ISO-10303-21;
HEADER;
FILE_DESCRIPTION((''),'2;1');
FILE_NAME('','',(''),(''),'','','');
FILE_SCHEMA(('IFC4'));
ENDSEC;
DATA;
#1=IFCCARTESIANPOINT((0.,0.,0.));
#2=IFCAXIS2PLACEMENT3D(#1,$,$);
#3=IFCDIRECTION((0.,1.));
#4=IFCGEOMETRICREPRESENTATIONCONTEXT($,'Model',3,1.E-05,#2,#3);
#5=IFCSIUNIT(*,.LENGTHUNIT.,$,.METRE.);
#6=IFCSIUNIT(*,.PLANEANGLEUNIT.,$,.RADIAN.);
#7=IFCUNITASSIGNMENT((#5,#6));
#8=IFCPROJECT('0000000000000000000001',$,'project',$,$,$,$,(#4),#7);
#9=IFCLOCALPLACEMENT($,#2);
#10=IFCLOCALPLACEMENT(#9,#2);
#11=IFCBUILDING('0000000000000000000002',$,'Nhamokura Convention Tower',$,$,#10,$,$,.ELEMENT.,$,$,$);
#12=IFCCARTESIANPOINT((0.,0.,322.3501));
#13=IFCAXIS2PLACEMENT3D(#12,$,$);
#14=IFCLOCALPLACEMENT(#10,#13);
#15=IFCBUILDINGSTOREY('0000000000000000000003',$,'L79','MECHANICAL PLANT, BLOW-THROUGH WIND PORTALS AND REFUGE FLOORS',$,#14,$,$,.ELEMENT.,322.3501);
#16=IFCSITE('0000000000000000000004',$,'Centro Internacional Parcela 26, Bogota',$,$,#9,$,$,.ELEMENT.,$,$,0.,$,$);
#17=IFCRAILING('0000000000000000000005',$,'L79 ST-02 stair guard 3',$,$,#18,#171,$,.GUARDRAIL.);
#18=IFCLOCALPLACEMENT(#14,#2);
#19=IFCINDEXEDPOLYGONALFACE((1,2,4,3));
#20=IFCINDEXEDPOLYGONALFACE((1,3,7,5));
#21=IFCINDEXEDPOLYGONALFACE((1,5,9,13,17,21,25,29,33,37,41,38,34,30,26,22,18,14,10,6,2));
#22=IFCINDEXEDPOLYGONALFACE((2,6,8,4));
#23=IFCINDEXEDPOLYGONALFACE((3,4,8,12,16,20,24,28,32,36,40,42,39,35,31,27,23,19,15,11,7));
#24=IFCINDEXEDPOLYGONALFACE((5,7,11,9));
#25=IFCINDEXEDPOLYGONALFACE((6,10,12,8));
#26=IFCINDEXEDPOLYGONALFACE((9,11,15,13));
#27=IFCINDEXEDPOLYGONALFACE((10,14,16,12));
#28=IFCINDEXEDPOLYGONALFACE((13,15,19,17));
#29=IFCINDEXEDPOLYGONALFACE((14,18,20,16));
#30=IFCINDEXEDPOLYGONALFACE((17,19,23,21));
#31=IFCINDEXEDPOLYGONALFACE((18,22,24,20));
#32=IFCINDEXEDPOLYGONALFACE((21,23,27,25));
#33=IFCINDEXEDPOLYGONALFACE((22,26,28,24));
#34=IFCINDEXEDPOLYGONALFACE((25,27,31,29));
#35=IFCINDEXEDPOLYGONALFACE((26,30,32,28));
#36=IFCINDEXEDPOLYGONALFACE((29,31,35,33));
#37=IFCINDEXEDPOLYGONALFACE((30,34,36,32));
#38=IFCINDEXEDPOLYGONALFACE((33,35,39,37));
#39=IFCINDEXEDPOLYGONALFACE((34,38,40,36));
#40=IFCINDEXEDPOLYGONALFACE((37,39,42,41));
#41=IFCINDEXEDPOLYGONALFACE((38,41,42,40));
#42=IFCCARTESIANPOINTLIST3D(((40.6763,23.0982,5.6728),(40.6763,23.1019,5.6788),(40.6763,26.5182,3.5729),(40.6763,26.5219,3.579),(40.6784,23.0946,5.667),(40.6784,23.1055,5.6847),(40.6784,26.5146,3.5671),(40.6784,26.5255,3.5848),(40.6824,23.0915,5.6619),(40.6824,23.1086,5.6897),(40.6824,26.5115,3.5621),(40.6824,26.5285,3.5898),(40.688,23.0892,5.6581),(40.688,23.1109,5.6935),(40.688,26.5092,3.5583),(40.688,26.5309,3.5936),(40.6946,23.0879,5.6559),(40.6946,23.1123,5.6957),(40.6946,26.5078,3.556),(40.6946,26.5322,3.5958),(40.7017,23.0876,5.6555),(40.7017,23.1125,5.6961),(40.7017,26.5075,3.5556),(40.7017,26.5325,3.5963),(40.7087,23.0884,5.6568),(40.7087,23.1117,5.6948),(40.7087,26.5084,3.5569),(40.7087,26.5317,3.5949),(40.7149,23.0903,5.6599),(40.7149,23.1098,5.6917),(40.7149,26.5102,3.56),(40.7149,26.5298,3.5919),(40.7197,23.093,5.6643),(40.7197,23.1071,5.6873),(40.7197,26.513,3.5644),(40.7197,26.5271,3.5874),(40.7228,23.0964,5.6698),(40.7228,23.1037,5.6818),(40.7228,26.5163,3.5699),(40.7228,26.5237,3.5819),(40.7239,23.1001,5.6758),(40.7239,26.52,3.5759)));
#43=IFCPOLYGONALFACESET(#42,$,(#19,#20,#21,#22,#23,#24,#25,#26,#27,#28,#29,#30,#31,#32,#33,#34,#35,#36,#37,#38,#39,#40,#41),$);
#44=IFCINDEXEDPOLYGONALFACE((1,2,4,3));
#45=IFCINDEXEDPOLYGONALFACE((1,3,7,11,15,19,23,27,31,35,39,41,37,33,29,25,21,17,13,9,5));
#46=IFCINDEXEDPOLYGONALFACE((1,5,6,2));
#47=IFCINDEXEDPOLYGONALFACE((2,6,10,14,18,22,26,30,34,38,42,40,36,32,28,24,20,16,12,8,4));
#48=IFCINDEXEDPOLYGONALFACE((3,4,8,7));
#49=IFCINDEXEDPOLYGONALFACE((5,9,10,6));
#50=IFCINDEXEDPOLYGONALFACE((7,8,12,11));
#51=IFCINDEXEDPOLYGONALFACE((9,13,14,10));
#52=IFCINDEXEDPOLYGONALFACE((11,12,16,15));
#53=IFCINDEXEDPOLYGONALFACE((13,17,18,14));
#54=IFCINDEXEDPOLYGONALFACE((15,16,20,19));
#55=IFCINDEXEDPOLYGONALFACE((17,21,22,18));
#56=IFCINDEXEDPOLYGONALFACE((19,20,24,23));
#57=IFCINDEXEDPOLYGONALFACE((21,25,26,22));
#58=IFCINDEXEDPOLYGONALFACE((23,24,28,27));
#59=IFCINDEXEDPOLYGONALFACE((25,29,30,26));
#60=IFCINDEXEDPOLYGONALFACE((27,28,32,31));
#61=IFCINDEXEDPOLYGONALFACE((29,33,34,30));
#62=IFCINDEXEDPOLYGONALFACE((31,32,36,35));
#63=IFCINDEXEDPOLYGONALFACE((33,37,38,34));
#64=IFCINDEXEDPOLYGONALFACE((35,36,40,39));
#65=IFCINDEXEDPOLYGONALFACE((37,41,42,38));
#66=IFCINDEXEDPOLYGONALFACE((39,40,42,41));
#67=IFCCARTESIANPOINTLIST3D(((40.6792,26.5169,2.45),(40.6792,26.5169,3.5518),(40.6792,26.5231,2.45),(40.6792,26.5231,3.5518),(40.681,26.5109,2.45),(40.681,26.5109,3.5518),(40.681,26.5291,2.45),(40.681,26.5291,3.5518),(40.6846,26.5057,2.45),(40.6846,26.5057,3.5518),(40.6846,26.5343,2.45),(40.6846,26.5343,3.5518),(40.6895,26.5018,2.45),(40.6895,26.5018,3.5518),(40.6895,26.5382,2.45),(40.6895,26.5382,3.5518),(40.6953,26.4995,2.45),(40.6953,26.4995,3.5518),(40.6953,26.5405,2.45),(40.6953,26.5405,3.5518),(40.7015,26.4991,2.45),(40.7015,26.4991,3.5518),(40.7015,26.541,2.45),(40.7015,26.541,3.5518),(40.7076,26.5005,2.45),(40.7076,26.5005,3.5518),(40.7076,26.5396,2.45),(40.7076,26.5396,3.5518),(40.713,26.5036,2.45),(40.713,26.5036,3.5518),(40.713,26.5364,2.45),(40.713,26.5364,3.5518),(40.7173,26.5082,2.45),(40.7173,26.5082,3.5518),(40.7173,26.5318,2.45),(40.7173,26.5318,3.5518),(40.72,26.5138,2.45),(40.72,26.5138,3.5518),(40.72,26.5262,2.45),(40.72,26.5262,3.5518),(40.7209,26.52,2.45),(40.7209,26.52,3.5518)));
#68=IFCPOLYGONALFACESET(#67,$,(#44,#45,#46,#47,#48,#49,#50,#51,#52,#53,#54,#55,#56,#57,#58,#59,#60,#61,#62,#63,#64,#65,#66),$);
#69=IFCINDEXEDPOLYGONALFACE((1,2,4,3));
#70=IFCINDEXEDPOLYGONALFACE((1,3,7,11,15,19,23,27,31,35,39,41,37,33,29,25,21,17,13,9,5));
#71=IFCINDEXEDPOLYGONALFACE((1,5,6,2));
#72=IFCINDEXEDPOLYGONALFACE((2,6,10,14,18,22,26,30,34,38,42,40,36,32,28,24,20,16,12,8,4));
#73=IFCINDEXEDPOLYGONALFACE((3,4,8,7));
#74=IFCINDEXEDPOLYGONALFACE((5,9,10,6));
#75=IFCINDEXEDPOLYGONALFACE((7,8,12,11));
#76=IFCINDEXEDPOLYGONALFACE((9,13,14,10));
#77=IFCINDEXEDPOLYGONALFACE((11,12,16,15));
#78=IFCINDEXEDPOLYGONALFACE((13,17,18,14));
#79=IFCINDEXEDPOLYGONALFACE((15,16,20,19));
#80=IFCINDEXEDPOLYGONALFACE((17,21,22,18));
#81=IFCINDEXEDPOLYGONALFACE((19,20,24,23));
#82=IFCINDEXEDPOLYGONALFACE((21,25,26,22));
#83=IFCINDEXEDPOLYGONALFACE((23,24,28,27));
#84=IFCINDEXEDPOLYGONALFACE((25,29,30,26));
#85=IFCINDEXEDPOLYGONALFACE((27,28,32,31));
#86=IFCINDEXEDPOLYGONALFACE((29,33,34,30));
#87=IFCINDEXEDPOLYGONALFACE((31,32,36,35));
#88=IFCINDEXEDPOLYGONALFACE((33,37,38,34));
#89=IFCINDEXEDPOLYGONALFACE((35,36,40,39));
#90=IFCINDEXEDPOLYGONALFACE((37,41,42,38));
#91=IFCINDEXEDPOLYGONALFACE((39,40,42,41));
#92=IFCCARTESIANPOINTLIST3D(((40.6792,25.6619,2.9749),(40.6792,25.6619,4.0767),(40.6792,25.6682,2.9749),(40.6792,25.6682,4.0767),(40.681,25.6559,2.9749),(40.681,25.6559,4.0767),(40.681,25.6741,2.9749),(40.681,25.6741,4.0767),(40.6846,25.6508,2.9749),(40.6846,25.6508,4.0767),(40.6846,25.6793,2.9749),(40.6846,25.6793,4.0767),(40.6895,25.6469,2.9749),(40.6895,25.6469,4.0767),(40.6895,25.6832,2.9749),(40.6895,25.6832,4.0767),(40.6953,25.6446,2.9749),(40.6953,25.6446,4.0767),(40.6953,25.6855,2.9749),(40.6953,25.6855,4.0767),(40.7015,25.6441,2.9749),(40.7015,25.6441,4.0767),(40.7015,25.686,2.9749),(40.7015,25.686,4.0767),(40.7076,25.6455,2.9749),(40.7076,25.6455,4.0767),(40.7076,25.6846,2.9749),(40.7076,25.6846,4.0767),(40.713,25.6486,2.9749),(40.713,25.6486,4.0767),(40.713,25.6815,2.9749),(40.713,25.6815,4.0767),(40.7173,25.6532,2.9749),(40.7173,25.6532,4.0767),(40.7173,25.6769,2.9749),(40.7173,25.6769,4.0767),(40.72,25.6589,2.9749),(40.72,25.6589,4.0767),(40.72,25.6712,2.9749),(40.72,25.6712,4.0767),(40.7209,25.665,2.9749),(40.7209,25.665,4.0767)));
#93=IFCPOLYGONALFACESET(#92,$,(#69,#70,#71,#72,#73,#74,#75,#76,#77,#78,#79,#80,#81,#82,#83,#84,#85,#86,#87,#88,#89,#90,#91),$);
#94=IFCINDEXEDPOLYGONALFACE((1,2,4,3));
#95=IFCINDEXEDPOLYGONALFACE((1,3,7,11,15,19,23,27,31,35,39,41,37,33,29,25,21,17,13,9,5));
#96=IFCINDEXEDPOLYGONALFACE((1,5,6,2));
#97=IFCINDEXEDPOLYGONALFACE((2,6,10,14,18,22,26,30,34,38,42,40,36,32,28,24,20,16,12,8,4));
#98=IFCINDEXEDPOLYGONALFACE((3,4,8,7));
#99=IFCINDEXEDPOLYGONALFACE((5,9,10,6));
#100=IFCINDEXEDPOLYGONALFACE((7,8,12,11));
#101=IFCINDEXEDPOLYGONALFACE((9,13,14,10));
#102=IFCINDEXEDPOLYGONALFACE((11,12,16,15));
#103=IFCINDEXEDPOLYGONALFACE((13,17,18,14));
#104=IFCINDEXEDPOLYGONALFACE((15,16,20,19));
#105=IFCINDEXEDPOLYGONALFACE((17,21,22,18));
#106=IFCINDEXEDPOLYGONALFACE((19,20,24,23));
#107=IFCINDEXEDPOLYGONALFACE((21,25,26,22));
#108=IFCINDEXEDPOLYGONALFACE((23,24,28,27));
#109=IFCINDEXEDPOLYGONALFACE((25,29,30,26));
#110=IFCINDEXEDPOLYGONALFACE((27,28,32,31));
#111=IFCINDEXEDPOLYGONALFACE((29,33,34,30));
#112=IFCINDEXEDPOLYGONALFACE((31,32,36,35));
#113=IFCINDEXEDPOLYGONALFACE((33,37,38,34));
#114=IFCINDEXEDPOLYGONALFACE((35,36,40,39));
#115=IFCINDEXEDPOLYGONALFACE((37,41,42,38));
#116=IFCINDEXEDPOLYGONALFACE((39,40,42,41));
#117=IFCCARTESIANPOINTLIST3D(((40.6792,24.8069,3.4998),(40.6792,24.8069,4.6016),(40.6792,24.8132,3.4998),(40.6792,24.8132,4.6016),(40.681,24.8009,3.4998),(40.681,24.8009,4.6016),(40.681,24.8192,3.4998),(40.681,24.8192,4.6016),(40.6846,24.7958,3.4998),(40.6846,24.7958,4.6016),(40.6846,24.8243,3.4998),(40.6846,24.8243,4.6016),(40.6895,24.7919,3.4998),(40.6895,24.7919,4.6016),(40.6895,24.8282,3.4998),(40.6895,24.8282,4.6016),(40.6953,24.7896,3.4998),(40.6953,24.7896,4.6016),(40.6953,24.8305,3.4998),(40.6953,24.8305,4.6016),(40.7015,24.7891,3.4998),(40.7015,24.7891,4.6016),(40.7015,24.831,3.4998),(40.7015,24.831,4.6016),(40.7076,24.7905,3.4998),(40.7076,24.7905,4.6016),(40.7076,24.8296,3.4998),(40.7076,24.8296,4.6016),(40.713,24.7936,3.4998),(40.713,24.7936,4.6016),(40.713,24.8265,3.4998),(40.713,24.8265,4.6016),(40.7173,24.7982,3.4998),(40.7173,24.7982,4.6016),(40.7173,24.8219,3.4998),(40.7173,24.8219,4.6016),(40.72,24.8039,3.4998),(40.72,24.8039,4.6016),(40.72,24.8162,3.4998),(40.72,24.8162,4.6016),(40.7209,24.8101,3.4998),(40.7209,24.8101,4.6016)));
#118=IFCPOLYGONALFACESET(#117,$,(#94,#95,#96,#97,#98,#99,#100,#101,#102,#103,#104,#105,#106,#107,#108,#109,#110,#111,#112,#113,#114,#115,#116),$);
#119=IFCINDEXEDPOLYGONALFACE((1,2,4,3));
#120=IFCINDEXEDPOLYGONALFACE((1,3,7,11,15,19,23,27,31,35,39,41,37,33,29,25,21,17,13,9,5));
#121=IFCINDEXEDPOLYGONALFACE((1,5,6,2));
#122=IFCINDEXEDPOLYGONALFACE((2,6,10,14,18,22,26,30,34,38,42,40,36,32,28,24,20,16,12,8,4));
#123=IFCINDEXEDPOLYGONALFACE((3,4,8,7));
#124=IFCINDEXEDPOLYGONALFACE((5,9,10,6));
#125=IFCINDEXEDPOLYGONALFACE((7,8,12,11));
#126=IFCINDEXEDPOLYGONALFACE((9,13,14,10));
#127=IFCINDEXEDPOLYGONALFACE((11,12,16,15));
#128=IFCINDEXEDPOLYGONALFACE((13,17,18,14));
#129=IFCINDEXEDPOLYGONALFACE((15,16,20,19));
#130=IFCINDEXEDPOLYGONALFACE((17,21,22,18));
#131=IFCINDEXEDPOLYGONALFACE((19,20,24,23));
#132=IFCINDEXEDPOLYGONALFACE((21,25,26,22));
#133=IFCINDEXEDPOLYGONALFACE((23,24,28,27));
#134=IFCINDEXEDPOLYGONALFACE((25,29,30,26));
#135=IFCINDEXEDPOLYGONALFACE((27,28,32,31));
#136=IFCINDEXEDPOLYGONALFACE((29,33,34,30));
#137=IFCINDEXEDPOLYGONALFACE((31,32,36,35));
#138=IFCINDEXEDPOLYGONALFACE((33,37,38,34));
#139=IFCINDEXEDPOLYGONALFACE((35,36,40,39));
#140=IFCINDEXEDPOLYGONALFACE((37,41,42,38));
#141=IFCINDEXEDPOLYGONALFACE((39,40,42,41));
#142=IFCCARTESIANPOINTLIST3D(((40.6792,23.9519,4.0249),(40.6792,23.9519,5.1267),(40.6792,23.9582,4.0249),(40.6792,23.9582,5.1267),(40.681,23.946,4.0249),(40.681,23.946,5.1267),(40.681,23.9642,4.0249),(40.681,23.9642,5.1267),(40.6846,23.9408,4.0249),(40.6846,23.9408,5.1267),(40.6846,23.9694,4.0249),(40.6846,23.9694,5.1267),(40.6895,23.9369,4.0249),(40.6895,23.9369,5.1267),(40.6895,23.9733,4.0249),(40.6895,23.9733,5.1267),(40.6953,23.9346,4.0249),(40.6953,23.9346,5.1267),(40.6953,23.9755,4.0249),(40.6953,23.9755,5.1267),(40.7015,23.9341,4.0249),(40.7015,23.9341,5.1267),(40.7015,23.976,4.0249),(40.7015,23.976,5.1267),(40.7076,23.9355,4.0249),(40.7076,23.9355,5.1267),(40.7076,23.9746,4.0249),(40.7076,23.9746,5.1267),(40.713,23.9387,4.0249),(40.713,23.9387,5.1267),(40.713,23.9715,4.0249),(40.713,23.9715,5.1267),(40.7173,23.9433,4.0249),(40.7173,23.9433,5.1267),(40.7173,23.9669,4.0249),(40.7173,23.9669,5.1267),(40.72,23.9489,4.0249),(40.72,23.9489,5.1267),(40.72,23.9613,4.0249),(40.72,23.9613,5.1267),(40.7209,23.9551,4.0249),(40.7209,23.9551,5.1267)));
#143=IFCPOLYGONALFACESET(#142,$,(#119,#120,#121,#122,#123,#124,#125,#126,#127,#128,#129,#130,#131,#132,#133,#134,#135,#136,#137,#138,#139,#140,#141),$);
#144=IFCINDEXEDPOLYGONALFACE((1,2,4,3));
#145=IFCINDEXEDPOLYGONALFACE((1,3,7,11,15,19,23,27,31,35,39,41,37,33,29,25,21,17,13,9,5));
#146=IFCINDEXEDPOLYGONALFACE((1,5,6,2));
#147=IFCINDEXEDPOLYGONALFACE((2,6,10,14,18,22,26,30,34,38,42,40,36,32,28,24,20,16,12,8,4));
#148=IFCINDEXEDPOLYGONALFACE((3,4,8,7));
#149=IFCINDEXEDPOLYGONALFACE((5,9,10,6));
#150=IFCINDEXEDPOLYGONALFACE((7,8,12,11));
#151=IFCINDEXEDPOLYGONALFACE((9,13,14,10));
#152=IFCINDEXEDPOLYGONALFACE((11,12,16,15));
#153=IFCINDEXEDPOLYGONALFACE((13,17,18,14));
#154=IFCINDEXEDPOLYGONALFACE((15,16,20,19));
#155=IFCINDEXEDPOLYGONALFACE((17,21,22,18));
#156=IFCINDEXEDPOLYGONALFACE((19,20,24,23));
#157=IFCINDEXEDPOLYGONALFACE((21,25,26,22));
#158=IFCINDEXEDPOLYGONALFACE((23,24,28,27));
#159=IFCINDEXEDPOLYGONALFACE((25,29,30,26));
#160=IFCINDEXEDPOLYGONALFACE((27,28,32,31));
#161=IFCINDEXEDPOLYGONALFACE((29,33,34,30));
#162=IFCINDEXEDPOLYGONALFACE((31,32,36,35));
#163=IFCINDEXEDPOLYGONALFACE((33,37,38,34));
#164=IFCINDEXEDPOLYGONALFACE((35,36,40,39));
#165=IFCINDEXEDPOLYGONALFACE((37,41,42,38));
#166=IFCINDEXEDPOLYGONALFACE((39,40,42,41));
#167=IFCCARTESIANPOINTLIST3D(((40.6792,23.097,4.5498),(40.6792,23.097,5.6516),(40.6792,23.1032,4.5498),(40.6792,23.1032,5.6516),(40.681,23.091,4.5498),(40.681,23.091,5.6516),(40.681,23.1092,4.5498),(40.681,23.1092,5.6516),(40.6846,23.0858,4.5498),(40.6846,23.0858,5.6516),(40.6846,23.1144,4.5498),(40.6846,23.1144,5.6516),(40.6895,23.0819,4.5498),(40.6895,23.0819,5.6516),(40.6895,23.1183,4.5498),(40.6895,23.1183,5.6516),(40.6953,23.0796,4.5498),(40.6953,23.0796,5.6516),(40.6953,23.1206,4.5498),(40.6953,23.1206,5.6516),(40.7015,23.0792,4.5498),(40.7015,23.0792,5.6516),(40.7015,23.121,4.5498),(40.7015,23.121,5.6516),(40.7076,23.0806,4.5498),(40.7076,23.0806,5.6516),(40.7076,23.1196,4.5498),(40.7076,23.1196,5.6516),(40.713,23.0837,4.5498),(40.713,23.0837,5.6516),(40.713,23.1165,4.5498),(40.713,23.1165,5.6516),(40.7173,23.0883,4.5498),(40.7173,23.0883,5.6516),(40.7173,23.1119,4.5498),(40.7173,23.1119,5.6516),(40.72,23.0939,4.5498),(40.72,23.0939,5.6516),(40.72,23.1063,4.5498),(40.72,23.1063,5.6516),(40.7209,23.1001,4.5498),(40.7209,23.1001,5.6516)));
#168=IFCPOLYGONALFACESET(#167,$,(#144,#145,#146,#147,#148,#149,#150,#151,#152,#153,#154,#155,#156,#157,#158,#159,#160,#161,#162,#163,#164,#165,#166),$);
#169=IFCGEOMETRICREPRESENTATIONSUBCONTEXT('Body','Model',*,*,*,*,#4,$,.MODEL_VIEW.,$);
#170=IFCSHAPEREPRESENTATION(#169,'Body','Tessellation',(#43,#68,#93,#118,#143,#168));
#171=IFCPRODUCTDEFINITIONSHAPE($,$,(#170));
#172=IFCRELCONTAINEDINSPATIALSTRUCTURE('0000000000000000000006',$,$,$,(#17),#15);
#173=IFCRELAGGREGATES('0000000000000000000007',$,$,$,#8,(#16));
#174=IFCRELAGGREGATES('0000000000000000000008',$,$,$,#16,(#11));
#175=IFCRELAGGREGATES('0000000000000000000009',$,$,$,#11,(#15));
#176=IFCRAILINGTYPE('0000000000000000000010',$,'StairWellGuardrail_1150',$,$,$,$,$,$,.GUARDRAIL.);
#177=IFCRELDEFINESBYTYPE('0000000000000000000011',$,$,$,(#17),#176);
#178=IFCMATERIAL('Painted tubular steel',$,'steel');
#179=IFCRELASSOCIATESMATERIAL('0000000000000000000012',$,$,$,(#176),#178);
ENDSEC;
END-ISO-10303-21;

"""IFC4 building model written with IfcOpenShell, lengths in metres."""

from ifc_helpers import new_model, si_unit, direction, frame, origin, origin_2d, place, context, subcontext, project, spatial, circle, extrude, material, type_object, element, save


model = new_model("IFC4")

# Units and contexts
model_context = context("Model", 3, precision=1e-05, world=origin(), true_north=direction((0.0, 1.0)))
body_context = subcontext(model_context, "Body", "Model", "MODEL_VIEW")
ifc_project = project(units=[si_unit("LENGTHUNIT", "METRE"), si_unit("PLANEANGLEUNIT", "RADIAN")], contexts=[model_context])

# Site, building, storey
site_placement = place(None, origin())
site = spatial("IfcSite", under=ifc_project, at=site_placement, Name="Centro Internacional Parcela 26, Bogota", CompositionType="ELEMENT", RefElevation=0.0)
building_placement = place(site_placement, origin())
building = spatial("IfcBuilding", under=site, at=building_placement, Name="Nhamokura Convention Tower", CompositionType="ELEMENT")
storey_placement = place(building_placement, frame((0.0, 0.0, 322.3501)))
storey = spatial("IfcBuildingStorey", under=building, at=storey_placement, Name="L79", Description="MECHANICAL PLANT, BLOW-THROUGH WIND PORTALS AND REFUGE FLOORS", CompositionType="ELEMENT", Elevation=322.3501)

# Railing
ifc_material_1 = material(Name="Painted tubular steel", Category="steel")
railing_type_1 = type_object("IfcRailingType", Name="StairWellGuardrail_1150", PredefinedType="GUARDRAIL", material=ifc_material_1)
railing_1_placement = place(storey_placement, frame((40.7, 26.52, 2.45)))
element("IfcRailing", 1, at=railing_1_placement, inside=storey, type_object=railing_type_1, Name="L79 ST-02 stair guard 3", PredefinedType="GUARDRAIL", context=body_context, shape_type="SweptSolid", body=[
    extrude(circle(Radius=0.0239, at=origin_2d()), frame((0.0, 0.0, 1.126), z_axis=(0.0, -0.852182, 0.523245), x_axis=(1.0, 0.0, 0.0)), (0.0, 0.0, 1.0), 4.0132),
    extrude(circle(Radius=0.021, at=origin_2d()), origin(), (0.0, 0.0, 1.0), 1.1018),
    extrude(circle(Radius=0.021, at=origin_2d()), frame((0.0, -0.855, 0.5249)), (0.0, 0.0, 1.0), 1.1018),
    extrude(circle(Radius=0.021, at=origin_2d()), frame((0.0, -1.71, 1.0498)), (0.0, 0.0, 1.0), 1.1018),
    extrude(circle(Radius=0.021, at=origin_2d()), frame((0.0, -2.5649, 1.575)), (0.0, 0.0, 1.0), 1.1018),
    extrude(circle(Radius=0.021, at=origin_2d()), frame((0.0, -3.4199, 2.0999)), (0.0, 0.0, 1.0), 1.1018),
])

save(model, "model.ifc")
